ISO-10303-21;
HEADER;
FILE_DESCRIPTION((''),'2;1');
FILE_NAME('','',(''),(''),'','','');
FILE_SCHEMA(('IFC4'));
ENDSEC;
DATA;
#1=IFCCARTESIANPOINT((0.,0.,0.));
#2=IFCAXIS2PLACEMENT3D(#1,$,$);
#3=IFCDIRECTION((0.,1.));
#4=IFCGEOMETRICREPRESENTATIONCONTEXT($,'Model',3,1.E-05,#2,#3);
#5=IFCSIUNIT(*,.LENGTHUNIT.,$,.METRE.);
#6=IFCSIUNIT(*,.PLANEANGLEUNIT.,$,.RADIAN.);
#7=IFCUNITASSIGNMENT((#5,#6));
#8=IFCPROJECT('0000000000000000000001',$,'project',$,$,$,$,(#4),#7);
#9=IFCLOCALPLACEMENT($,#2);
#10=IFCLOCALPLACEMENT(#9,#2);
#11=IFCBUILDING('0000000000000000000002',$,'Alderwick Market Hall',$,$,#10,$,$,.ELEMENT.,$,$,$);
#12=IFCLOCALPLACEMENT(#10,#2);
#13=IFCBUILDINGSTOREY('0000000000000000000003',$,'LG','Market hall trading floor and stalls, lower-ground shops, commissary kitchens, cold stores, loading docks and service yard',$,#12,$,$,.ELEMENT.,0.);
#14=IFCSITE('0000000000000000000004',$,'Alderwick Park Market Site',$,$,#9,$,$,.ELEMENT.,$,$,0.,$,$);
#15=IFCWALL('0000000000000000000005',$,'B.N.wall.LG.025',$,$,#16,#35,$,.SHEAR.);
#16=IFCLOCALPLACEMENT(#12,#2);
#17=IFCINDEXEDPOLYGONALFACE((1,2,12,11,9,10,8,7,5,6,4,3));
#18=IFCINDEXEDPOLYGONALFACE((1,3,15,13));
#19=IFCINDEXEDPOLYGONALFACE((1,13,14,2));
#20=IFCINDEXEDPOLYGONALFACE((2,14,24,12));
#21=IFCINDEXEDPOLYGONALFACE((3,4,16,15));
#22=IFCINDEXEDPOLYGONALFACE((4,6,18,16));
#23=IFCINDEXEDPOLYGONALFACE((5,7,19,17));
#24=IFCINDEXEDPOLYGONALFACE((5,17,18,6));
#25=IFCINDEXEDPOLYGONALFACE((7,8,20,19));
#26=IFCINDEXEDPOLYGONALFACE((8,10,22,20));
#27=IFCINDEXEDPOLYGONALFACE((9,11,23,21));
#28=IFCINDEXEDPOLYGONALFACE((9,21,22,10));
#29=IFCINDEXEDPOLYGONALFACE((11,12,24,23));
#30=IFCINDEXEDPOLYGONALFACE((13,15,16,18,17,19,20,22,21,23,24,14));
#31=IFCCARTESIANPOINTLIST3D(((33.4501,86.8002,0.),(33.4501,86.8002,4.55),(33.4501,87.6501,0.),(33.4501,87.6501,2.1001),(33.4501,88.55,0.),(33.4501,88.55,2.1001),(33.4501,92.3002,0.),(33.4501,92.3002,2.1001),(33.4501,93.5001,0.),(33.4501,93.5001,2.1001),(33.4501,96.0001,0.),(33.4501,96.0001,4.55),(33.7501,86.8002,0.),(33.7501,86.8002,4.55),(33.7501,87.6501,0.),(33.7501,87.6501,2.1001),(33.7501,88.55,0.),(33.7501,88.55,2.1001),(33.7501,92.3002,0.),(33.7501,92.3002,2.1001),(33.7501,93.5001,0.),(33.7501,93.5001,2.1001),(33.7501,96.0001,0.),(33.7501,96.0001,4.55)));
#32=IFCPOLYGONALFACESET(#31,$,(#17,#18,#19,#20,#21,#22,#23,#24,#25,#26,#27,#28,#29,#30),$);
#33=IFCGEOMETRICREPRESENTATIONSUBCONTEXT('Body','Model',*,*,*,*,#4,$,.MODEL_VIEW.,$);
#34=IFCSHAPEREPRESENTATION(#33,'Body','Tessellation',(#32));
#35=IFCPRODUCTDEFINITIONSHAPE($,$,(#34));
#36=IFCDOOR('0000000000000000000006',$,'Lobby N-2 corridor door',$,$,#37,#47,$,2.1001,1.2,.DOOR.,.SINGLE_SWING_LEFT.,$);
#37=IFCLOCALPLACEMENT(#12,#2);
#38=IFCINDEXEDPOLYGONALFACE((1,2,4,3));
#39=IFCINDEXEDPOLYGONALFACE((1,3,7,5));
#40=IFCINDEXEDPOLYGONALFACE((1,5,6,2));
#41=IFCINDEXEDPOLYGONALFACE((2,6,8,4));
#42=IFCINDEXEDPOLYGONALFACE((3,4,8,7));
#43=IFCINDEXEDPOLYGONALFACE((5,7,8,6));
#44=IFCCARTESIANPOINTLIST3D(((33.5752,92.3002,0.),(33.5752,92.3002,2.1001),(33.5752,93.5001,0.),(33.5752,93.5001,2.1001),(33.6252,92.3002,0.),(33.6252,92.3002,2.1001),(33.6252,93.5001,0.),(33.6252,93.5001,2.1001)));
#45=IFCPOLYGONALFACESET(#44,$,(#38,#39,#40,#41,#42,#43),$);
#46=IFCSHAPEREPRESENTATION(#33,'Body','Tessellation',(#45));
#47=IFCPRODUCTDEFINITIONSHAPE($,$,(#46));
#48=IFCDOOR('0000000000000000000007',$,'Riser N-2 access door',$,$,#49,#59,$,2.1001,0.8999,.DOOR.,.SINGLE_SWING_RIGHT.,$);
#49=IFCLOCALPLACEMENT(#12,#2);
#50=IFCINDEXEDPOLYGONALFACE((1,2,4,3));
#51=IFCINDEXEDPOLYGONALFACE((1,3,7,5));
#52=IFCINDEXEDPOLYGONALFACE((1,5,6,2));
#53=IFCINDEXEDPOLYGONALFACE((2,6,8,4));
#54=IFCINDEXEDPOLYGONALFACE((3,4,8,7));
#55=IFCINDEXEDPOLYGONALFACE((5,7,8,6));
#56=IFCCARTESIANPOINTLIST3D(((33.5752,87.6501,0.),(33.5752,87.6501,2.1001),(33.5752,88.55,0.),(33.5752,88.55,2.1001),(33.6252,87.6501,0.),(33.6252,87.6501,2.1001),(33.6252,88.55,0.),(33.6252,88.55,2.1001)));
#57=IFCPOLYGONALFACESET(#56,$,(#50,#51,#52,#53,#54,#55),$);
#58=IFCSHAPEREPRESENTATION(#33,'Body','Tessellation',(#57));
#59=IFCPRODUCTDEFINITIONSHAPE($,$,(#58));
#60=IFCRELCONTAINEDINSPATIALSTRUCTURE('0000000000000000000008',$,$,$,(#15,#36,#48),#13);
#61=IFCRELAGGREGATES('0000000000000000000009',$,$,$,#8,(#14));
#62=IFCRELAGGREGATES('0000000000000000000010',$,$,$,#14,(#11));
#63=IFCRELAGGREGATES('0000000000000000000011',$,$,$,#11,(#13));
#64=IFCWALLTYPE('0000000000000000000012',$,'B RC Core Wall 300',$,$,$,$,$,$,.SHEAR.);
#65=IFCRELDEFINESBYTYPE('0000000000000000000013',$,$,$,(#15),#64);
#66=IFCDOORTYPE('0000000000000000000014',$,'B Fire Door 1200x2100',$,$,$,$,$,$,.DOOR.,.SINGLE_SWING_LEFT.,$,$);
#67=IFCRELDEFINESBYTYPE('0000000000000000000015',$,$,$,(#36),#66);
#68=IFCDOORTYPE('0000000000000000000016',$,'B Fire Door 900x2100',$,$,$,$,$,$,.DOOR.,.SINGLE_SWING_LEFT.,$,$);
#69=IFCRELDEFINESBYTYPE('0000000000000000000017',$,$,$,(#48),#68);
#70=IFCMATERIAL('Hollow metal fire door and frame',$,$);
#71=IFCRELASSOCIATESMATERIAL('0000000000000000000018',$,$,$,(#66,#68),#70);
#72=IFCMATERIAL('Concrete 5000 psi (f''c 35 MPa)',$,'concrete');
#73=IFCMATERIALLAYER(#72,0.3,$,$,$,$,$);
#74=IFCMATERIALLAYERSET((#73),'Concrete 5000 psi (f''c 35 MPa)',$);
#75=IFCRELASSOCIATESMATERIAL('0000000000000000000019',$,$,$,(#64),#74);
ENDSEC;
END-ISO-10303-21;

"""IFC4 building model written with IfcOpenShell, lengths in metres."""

from ifc_helpers import new_model, si_unit, direction, frame, frame_2d, origin, place, context, subcontext, project, spatial, rectangle, extrude, material, layer, layer_set, type_object, element, fill, save


model = new_model("IFC4")

# Units and contexts
model_context = context("Model", 3, precision=1e-05, world=origin(), true_north=direction((0.0, 1.0)))
body_context = subcontext(model_context, "Body", "Model", "MODEL_VIEW")
ifc_project = project(units=[si_unit("LENGTHUNIT", "METRE"), si_unit("PLANEANGLEUNIT", "RADIAN")], contexts=[model_context])

# Site, building, storey
site_placement = place(None, origin())
site = spatial("IfcSite", under=ifc_project, at=site_placement, Name="Alderwick Park Market Site", CompositionType="ELEMENT", RefElevation=0.0)
building_placement = place(site_placement, origin())
building = spatial("IfcBuilding", under=site, at=building_placement, Name="Alderwick Market Hall", CompositionType="ELEMENT")
storey_placement = place(building_placement, origin())
storey = spatial("IfcBuildingStorey", under=building, at=storey_placement, Name="LG", Description="Market hall trading floor and stalls, lower-ground shops, commissary kitchens, cold stores, loading docks and service yard", CompositionType="ELEMENT", Elevation=0.0)

# Shared definitions
ifc_material_1 = material(Name="Concrete 5000 psi (f'c 35 MPa)", Category="concrete")

# Shared definitions
ifc_material_2 = material(Name="Hollow metal fire door and frame")
door_type_1 = type_object("IfcDoorType", Name="B Fire Door 1200x2100", OperationType="SINGLE_SWING_LEFT", PredefinedType="DOOR", material=ifc_material_2)

# Wall, openings, doors
ifc_layer_1 = layer(ifc_material_1, 0.3)
ifc_layer_set_1 = layer_set([ifc_layer_1], Name="Concrete 5000 psi (f'c 35 MPa)")
wall_type_1 = type_object("IfcWallType", Name="B RC Core Wall 300", PredefinedType="SHEAR", material=ifc_layer_set_1)
wall_1_placement = place(storey_placement, frame((33.6001, 86.8, 0.0), z_axis=(0.0, 0.0, 1.0), x_axis=(0.0, 1.0, 0.0)))
wall_1 = element("IfcWall", 1, at=wall_1_placement, inside=storey, type_object=wall_type_1, Name="B.N.wall.LG.025", PredefinedType="SHEAR", context=body_context, shape_type="SweptSolid", body=[
    extrude(rectangle(XDim=9.2, YDim=0.3, at=frame_2d((4.6001, 0.0))), origin(), (0.0, 0.0, 1.0), 4.55),
])
opening_1_placement = place(wall_1_placement, frame((5.5, 0.0, 0.0)))
opening_1 = element("IfcOpeningElement", 2, at=opening_1_placement, cuts=wall_1, PredefinedType="OPENING", context=body_context, shape_type="SweptSolid", body=[
    extrude(rectangle(XDim=1.2, YDim=2.1001, at=frame_2d((0.6001, 1.05))), frame((0.0, 0.1599, 0.0), z_axis=(0.0, -1.0, 0.0), x_axis=(1.0, 0.0, 0.0)), (0.0, 0.0, 1.0), 0.3201),
])
opening_2_placement = place(wall_1_placement, frame((0.8501, 0.0, 0.0)))
opening_2 = element("IfcOpeningElement", 3, at=opening_2_placement, cuts=wall_1, PredefinedType="OPENING", context=body_context, shape_type="SweptSolid", body=[
    extrude(rectangle(XDim=0.8999, YDim=2.1001, at=frame_2d((0.45, 1.05))), frame((0.0, 0.1599, 0.0), z_axis=(0.0, -1.0, 0.0), x_axis=(1.0, 0.0, 0.0)), (0.0, 0.0, 1.0), 0.3201),
])
door_1_placement = place(opening_1_placement, origin())
door_1 = element("IfcDoor", 4, at=door_1_placement, inside=storey, type_object=door_type_1, Name="Lobby N-2 corridor door", OperationType="SINGLE_SWING_LEFT", OverallHeight=2.1001, OverallWidth=1.2, PredefinedType="DOOR", context=body_context, shape_type="SweptSolid", body=[
    extrude(rectangle(XDim=1.2, YDim=2.1001, at=frame_2d((0.6001, 1.05))), frame((0.0, 0.0249, 0.0), z_axis=(0.0, -1.0, 0.0), x_axis=(1.0, 0.0, 0.0)), (0.0, 0.0, 1.0), 0.05),
])
fill(opening_1, door_1)
door_type_2 = type_object("IfcDoorType", Name="B Fire Door 900x2100", OperationType="SINGLE_SWING_LEFT", PredefinedType="DOOR", material=ifc_material_2)
door_2_placement = place(opening_2_placement, origin())
door_2 = element("IfcDoor", 5, at=door_2_placement, inside=storey, type_object=door_type_2, Name="Riser N-2 access door", OperationType="SINGLE_SWING_RIGHT", OverallHeight=2.1001, OverallWidth=0.8999, PredefinedType="DOOR", context=body_context, shape_type="SweptSolid", body=[
    extrude(rectangle(XDim=0.8999, YDim=2.1001, at=frame_2d((0.45, 1.05))), frame((0.0, 0.0249, 0.0), z_axis=(0.0, -1.0, 0.0), x_axis=(1.0, 0.0, 0.0)), (0.0, 0.0, 1.0), 0.05),
])
fill(opening_2, door_2)

save(model, "model.ifc")
